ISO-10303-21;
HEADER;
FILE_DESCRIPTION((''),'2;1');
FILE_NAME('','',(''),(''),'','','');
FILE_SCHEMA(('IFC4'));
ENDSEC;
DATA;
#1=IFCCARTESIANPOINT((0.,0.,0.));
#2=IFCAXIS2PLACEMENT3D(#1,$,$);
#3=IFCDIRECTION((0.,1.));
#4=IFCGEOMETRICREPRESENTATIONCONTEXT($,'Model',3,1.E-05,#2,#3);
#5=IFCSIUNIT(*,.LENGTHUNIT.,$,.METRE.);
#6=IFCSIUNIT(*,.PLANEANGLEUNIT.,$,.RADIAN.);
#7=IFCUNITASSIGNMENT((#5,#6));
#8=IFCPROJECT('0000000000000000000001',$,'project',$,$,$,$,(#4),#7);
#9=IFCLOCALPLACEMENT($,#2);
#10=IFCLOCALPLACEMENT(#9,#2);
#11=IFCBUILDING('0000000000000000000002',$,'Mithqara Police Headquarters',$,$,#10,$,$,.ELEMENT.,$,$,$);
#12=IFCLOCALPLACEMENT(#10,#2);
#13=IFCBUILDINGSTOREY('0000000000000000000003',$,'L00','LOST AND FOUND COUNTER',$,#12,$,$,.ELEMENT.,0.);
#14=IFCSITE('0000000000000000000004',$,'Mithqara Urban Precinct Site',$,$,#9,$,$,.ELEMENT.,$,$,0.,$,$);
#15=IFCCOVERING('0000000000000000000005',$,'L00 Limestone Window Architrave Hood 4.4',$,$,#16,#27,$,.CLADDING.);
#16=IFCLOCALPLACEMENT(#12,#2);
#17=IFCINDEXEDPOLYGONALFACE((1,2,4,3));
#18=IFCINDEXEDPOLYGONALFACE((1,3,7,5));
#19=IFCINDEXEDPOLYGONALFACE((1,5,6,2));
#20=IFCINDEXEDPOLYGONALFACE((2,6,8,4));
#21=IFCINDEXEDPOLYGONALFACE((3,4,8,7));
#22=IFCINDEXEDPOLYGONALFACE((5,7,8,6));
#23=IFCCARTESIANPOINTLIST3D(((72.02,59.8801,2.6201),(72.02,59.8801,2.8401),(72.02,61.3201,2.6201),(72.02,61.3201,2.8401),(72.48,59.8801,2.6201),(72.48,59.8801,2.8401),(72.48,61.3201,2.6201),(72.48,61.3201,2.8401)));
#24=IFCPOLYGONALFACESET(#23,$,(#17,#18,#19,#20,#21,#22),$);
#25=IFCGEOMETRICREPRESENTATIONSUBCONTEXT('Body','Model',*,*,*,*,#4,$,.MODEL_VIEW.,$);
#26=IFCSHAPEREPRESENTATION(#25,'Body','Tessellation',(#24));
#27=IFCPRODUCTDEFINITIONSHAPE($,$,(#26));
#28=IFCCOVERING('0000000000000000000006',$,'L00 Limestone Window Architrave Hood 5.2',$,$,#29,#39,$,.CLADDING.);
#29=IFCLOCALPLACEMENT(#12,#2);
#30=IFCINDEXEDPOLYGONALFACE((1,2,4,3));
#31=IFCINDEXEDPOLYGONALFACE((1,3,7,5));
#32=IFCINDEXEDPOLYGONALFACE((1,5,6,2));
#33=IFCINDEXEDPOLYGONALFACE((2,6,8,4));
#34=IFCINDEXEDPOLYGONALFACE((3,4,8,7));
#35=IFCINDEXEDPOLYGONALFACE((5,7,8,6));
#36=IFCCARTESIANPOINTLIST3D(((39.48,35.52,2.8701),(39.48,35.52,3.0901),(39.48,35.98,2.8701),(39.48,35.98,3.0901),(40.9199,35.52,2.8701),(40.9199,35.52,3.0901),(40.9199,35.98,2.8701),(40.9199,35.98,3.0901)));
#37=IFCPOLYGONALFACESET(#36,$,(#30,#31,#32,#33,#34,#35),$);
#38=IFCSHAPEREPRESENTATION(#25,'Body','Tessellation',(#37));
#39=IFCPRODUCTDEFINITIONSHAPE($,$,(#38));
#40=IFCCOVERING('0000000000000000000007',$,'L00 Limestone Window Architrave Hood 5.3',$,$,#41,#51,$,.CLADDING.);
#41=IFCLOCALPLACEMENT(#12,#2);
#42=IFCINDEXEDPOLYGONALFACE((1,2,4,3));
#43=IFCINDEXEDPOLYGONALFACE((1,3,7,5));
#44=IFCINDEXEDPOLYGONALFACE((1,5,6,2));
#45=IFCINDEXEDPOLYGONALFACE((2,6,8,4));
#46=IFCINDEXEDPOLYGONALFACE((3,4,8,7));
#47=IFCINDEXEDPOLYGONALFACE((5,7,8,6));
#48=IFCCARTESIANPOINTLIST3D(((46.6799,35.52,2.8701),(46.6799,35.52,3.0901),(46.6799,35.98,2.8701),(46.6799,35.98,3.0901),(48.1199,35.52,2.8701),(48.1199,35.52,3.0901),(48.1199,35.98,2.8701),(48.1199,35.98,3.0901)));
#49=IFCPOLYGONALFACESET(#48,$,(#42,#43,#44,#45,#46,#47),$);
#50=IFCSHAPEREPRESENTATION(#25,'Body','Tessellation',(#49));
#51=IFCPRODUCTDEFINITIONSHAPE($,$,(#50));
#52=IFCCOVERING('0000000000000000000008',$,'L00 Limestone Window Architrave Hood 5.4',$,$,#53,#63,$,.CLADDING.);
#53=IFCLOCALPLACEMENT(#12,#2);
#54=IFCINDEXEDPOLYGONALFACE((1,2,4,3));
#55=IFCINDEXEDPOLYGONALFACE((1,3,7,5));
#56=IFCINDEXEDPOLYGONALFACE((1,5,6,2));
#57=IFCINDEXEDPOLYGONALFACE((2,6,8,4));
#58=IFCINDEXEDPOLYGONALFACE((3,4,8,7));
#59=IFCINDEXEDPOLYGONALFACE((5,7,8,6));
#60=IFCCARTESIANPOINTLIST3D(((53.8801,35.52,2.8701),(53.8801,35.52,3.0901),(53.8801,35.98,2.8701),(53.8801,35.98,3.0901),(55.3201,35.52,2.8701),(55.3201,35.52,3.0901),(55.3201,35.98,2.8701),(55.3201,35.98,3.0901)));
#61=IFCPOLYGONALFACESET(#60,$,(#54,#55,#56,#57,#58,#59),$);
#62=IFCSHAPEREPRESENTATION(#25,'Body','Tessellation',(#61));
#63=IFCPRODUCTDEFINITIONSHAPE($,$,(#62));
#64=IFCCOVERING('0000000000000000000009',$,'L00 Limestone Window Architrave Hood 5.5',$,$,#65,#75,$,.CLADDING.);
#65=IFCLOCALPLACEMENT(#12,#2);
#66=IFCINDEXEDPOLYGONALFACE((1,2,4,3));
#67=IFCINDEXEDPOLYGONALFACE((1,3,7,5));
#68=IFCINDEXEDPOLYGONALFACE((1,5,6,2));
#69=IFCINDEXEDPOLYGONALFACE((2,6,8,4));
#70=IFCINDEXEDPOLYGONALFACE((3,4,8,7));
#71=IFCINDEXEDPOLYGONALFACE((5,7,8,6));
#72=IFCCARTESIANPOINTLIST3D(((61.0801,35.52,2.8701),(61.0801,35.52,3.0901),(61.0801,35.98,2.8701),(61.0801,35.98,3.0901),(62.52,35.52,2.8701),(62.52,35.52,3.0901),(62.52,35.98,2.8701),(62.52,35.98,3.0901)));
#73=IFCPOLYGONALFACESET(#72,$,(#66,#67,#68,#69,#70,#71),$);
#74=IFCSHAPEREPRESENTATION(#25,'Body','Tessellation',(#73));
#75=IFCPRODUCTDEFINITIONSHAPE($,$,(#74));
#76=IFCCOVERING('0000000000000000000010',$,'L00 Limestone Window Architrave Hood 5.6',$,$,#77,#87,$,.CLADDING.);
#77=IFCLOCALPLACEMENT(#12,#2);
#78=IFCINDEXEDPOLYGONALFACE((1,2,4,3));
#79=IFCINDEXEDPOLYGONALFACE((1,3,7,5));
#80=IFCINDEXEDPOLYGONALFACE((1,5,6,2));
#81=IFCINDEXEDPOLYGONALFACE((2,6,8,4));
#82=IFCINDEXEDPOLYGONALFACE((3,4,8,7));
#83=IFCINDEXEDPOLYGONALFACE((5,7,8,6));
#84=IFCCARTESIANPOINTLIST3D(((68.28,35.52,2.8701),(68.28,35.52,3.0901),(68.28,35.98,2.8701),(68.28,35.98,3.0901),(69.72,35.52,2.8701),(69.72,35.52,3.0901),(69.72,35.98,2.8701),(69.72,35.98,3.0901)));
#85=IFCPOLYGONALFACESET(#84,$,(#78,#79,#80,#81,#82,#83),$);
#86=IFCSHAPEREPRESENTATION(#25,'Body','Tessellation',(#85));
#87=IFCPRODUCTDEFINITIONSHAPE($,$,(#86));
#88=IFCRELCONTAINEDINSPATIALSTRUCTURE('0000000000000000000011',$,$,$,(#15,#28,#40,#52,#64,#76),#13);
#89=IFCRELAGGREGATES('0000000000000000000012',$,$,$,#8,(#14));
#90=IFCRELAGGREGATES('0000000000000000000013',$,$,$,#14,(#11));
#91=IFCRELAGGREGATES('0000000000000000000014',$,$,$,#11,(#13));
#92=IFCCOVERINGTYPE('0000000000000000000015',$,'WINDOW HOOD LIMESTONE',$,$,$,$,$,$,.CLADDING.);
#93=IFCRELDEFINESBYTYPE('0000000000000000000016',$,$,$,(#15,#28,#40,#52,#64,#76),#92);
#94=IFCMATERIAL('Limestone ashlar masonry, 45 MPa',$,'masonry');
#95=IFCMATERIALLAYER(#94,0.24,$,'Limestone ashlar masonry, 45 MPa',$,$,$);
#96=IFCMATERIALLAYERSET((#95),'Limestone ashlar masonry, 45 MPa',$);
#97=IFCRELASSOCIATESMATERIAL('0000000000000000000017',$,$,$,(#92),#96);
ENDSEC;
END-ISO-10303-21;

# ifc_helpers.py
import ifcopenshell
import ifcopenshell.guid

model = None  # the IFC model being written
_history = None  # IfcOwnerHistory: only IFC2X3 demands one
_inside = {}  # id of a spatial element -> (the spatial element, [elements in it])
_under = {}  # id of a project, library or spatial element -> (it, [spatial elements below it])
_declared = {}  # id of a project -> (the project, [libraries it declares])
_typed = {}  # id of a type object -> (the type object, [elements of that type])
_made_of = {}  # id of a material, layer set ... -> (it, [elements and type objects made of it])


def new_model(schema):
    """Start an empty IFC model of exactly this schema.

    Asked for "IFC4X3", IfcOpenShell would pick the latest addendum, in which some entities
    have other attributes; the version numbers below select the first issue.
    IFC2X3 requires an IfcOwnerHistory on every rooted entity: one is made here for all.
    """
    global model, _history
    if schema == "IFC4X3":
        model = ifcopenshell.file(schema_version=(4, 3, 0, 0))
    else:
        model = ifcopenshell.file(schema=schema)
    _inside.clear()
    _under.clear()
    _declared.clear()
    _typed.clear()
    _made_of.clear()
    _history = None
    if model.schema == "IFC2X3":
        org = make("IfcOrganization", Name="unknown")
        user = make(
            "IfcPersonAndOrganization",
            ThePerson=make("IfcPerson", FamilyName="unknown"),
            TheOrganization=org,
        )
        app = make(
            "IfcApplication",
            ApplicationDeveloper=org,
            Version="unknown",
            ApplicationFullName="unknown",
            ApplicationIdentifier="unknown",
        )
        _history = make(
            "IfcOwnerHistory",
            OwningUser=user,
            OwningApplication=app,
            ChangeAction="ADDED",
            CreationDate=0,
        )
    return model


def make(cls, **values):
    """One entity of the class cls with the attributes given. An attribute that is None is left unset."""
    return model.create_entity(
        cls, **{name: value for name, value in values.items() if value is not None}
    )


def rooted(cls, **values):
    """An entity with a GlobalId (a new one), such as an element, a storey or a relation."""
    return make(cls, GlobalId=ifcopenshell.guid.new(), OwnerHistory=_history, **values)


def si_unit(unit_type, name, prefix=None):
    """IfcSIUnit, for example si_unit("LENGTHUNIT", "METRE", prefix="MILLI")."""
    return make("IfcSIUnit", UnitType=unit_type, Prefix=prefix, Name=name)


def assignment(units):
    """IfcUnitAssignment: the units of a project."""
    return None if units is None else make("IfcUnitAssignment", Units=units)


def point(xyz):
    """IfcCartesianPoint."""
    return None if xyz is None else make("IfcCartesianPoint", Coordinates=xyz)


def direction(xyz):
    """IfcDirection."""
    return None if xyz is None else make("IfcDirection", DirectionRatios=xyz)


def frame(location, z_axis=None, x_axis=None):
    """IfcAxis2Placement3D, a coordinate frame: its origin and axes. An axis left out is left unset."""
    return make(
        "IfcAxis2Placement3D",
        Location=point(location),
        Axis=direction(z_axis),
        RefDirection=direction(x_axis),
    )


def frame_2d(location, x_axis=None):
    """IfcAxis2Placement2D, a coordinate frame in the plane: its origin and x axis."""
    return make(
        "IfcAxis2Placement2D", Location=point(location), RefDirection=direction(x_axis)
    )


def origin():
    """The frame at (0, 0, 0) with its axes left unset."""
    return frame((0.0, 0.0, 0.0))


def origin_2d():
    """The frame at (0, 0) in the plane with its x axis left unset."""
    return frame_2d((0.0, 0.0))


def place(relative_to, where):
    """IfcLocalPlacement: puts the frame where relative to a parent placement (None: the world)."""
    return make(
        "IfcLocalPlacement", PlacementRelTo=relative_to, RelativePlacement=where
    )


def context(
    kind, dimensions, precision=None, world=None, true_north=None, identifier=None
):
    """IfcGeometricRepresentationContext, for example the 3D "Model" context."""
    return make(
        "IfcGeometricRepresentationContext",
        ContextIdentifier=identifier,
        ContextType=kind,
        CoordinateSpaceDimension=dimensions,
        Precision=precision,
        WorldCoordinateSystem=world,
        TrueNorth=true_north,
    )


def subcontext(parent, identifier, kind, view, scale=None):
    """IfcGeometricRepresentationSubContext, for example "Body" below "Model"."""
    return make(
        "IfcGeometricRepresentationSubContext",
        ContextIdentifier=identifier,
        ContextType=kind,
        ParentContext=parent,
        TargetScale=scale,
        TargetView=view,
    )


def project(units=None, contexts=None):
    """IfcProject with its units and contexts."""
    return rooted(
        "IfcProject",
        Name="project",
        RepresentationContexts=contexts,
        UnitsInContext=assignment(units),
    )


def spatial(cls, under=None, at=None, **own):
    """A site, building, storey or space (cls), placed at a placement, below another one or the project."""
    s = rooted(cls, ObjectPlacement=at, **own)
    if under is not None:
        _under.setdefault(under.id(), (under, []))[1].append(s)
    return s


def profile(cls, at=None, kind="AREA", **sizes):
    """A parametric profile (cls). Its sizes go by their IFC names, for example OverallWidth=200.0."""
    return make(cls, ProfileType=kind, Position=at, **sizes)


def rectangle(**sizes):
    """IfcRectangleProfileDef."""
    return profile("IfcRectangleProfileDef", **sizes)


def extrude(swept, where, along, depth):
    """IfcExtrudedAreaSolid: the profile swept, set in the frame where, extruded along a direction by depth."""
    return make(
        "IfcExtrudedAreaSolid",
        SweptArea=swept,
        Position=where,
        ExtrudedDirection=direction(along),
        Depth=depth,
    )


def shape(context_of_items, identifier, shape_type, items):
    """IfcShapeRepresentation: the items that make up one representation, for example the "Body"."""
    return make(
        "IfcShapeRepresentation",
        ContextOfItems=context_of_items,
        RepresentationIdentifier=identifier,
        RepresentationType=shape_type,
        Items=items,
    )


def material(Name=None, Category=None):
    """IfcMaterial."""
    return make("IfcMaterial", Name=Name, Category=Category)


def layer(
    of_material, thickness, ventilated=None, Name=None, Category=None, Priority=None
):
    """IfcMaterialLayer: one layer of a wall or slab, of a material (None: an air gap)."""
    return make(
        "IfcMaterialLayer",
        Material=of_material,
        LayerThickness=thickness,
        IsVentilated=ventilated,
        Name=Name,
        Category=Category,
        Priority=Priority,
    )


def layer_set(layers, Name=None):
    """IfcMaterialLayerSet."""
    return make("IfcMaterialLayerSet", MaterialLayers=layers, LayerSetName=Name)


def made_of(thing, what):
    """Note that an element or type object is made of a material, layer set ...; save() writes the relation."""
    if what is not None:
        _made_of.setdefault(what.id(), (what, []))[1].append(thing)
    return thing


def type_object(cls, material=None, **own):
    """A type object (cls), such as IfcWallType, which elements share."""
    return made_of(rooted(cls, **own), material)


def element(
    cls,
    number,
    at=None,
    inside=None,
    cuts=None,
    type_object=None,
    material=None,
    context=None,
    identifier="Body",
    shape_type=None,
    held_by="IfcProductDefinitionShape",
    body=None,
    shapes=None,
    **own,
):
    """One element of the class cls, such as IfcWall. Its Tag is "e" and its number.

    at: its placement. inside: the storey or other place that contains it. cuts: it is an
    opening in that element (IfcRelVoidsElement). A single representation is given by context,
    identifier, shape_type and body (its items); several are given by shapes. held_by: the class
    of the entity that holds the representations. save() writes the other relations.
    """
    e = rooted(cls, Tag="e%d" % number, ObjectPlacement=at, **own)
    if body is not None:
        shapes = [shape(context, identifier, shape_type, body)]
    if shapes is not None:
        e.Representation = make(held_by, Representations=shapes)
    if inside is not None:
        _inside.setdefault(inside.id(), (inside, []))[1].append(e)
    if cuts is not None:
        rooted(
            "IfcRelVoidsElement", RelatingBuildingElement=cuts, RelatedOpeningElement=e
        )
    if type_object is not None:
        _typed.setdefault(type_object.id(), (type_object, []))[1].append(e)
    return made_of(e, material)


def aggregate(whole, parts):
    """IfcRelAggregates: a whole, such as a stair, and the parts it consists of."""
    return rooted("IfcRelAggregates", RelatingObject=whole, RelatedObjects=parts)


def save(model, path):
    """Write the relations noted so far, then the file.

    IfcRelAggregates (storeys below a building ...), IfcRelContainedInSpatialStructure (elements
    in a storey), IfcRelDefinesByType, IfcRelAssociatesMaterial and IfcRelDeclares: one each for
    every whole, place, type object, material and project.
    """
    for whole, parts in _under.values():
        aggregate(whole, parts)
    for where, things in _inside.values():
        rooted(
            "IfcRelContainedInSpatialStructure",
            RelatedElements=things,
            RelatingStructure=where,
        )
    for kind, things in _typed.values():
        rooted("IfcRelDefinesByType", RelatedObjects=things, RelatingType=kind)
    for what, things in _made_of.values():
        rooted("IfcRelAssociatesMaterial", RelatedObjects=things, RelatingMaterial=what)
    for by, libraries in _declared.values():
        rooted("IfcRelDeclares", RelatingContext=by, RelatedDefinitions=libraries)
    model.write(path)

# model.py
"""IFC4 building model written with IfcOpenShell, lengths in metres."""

from ifc_helpers import new_model, si_unit, direction, frame, origin, origin_2d, place, context, subcontext, project, spatial, rectangle, extrude, material, layer, layer_set, type_object, element, save


model = new_model("IFC4")

# Units and contexts
model_context = context("Model", 3, precision=1e-05, world=origin(), true_north=direction((0.0, 1.0)))
body_context = subcontext(model_context, "Body", "Model", "MODEL_VIEW")
ifc_project = project(units=[si_unit("LENGTHUNIT", "METRE"), si_unit("PLANEANGLEUNIT", "RADIAN")], contexts=[model_context])

# Site, building, storey
site_placement = place(None, origin())
site = spatial("IfcSite", under=ifc_project, at=site_placement, Name="Mithqara Urban Precinct Site", CompositionType="ELEMENT", RefElevation=0.0)
building_placement = place(site_placement, origin())
building = spatial("IfcBuilding", under=site, at=building_placement, Name="Mithqara Police Headquarters", CompositionType="ELEMENT")
storey_placement = place(building_placement, origin())
storey = spatial("IfcBuildingStorey", under=building, at=storey_placement, Name="L00", Description="LOST AND FOUND COUNTER", CompositionType="ELEMENT", Elevation=0.0)

# Coverings
ifc_material_1 = material(Name="Limestone ashlar masonry, 45 MPa", Category="masonry")
ifc_layer = layer(ifc_material_1, 0.24, Name="Limestone ashlar masonry, 45 MPa")
ifc_layer_set = layer_set([ifc_layer], Name="Limestone ashlar masonry, 45 MPa")
covering_type = type_object("IfcCoveringType", Name="WINDOW HOOD LIMESTONE", PredefinedType="CLADDING", material=ifc_layer_set)
for number, where, z_axis, x_axis, name in (
    (1, (72.25, 60.6001, 2.6201), (0.0, 0.0, 1.0), (0.0, 1.0, 0.0), "L00 Limestone Window Architrave Hood 4.4"),
    (2, (40.2, 35.75, 2.8701), (0.0, 0.0, 1.0), (1.0, 0.0, 0.0), "L00 Limestone Window Architrave Hood 5.2"),
    (3, (47.3999, 35.75, 2.8701), (0.0, 0.0, 1.0), (1.0, 0.0, 0.0), "L00 Limestone Window Architrave Hood 5.3"),
    (4, (54.6001, 35.75, 2.8701), (0.0, 0.0, 1.0), (1.0, 0.0, 0.0), "L00 Limestone Window Architrave Hood 5.4"),
    (5, (61.8, 35.75, 2.8701), (0.0, 0.0, 1.0), (1.0, 0.0, 0.0), "L00 Limestone Window Architrave Hood 5.5"),
    (6, (69.0, 35.75, 2.8701), (0.0, 0.0, 1.0), (1.0, 0.0, 0.0), "L00 Limestone Window Architrave Hood 5.6"),
):
    element("IfcCovering", number, at=place(storey_placement, frame(where, z_axis=z_axis, x_axis=x_axis)), inside=storey, type_object=covering_type, Name=name, PredefinedType="CLADDING", context=body_context, shape_type="SweptSolid", body=[
        extrude(rectangle(XDim=1.4399, YDim=0.46, at=origin_2d()), origin(), (0.0, 0.0, 1.0), 0.22),
    ])

save(model, "model.ifc")
